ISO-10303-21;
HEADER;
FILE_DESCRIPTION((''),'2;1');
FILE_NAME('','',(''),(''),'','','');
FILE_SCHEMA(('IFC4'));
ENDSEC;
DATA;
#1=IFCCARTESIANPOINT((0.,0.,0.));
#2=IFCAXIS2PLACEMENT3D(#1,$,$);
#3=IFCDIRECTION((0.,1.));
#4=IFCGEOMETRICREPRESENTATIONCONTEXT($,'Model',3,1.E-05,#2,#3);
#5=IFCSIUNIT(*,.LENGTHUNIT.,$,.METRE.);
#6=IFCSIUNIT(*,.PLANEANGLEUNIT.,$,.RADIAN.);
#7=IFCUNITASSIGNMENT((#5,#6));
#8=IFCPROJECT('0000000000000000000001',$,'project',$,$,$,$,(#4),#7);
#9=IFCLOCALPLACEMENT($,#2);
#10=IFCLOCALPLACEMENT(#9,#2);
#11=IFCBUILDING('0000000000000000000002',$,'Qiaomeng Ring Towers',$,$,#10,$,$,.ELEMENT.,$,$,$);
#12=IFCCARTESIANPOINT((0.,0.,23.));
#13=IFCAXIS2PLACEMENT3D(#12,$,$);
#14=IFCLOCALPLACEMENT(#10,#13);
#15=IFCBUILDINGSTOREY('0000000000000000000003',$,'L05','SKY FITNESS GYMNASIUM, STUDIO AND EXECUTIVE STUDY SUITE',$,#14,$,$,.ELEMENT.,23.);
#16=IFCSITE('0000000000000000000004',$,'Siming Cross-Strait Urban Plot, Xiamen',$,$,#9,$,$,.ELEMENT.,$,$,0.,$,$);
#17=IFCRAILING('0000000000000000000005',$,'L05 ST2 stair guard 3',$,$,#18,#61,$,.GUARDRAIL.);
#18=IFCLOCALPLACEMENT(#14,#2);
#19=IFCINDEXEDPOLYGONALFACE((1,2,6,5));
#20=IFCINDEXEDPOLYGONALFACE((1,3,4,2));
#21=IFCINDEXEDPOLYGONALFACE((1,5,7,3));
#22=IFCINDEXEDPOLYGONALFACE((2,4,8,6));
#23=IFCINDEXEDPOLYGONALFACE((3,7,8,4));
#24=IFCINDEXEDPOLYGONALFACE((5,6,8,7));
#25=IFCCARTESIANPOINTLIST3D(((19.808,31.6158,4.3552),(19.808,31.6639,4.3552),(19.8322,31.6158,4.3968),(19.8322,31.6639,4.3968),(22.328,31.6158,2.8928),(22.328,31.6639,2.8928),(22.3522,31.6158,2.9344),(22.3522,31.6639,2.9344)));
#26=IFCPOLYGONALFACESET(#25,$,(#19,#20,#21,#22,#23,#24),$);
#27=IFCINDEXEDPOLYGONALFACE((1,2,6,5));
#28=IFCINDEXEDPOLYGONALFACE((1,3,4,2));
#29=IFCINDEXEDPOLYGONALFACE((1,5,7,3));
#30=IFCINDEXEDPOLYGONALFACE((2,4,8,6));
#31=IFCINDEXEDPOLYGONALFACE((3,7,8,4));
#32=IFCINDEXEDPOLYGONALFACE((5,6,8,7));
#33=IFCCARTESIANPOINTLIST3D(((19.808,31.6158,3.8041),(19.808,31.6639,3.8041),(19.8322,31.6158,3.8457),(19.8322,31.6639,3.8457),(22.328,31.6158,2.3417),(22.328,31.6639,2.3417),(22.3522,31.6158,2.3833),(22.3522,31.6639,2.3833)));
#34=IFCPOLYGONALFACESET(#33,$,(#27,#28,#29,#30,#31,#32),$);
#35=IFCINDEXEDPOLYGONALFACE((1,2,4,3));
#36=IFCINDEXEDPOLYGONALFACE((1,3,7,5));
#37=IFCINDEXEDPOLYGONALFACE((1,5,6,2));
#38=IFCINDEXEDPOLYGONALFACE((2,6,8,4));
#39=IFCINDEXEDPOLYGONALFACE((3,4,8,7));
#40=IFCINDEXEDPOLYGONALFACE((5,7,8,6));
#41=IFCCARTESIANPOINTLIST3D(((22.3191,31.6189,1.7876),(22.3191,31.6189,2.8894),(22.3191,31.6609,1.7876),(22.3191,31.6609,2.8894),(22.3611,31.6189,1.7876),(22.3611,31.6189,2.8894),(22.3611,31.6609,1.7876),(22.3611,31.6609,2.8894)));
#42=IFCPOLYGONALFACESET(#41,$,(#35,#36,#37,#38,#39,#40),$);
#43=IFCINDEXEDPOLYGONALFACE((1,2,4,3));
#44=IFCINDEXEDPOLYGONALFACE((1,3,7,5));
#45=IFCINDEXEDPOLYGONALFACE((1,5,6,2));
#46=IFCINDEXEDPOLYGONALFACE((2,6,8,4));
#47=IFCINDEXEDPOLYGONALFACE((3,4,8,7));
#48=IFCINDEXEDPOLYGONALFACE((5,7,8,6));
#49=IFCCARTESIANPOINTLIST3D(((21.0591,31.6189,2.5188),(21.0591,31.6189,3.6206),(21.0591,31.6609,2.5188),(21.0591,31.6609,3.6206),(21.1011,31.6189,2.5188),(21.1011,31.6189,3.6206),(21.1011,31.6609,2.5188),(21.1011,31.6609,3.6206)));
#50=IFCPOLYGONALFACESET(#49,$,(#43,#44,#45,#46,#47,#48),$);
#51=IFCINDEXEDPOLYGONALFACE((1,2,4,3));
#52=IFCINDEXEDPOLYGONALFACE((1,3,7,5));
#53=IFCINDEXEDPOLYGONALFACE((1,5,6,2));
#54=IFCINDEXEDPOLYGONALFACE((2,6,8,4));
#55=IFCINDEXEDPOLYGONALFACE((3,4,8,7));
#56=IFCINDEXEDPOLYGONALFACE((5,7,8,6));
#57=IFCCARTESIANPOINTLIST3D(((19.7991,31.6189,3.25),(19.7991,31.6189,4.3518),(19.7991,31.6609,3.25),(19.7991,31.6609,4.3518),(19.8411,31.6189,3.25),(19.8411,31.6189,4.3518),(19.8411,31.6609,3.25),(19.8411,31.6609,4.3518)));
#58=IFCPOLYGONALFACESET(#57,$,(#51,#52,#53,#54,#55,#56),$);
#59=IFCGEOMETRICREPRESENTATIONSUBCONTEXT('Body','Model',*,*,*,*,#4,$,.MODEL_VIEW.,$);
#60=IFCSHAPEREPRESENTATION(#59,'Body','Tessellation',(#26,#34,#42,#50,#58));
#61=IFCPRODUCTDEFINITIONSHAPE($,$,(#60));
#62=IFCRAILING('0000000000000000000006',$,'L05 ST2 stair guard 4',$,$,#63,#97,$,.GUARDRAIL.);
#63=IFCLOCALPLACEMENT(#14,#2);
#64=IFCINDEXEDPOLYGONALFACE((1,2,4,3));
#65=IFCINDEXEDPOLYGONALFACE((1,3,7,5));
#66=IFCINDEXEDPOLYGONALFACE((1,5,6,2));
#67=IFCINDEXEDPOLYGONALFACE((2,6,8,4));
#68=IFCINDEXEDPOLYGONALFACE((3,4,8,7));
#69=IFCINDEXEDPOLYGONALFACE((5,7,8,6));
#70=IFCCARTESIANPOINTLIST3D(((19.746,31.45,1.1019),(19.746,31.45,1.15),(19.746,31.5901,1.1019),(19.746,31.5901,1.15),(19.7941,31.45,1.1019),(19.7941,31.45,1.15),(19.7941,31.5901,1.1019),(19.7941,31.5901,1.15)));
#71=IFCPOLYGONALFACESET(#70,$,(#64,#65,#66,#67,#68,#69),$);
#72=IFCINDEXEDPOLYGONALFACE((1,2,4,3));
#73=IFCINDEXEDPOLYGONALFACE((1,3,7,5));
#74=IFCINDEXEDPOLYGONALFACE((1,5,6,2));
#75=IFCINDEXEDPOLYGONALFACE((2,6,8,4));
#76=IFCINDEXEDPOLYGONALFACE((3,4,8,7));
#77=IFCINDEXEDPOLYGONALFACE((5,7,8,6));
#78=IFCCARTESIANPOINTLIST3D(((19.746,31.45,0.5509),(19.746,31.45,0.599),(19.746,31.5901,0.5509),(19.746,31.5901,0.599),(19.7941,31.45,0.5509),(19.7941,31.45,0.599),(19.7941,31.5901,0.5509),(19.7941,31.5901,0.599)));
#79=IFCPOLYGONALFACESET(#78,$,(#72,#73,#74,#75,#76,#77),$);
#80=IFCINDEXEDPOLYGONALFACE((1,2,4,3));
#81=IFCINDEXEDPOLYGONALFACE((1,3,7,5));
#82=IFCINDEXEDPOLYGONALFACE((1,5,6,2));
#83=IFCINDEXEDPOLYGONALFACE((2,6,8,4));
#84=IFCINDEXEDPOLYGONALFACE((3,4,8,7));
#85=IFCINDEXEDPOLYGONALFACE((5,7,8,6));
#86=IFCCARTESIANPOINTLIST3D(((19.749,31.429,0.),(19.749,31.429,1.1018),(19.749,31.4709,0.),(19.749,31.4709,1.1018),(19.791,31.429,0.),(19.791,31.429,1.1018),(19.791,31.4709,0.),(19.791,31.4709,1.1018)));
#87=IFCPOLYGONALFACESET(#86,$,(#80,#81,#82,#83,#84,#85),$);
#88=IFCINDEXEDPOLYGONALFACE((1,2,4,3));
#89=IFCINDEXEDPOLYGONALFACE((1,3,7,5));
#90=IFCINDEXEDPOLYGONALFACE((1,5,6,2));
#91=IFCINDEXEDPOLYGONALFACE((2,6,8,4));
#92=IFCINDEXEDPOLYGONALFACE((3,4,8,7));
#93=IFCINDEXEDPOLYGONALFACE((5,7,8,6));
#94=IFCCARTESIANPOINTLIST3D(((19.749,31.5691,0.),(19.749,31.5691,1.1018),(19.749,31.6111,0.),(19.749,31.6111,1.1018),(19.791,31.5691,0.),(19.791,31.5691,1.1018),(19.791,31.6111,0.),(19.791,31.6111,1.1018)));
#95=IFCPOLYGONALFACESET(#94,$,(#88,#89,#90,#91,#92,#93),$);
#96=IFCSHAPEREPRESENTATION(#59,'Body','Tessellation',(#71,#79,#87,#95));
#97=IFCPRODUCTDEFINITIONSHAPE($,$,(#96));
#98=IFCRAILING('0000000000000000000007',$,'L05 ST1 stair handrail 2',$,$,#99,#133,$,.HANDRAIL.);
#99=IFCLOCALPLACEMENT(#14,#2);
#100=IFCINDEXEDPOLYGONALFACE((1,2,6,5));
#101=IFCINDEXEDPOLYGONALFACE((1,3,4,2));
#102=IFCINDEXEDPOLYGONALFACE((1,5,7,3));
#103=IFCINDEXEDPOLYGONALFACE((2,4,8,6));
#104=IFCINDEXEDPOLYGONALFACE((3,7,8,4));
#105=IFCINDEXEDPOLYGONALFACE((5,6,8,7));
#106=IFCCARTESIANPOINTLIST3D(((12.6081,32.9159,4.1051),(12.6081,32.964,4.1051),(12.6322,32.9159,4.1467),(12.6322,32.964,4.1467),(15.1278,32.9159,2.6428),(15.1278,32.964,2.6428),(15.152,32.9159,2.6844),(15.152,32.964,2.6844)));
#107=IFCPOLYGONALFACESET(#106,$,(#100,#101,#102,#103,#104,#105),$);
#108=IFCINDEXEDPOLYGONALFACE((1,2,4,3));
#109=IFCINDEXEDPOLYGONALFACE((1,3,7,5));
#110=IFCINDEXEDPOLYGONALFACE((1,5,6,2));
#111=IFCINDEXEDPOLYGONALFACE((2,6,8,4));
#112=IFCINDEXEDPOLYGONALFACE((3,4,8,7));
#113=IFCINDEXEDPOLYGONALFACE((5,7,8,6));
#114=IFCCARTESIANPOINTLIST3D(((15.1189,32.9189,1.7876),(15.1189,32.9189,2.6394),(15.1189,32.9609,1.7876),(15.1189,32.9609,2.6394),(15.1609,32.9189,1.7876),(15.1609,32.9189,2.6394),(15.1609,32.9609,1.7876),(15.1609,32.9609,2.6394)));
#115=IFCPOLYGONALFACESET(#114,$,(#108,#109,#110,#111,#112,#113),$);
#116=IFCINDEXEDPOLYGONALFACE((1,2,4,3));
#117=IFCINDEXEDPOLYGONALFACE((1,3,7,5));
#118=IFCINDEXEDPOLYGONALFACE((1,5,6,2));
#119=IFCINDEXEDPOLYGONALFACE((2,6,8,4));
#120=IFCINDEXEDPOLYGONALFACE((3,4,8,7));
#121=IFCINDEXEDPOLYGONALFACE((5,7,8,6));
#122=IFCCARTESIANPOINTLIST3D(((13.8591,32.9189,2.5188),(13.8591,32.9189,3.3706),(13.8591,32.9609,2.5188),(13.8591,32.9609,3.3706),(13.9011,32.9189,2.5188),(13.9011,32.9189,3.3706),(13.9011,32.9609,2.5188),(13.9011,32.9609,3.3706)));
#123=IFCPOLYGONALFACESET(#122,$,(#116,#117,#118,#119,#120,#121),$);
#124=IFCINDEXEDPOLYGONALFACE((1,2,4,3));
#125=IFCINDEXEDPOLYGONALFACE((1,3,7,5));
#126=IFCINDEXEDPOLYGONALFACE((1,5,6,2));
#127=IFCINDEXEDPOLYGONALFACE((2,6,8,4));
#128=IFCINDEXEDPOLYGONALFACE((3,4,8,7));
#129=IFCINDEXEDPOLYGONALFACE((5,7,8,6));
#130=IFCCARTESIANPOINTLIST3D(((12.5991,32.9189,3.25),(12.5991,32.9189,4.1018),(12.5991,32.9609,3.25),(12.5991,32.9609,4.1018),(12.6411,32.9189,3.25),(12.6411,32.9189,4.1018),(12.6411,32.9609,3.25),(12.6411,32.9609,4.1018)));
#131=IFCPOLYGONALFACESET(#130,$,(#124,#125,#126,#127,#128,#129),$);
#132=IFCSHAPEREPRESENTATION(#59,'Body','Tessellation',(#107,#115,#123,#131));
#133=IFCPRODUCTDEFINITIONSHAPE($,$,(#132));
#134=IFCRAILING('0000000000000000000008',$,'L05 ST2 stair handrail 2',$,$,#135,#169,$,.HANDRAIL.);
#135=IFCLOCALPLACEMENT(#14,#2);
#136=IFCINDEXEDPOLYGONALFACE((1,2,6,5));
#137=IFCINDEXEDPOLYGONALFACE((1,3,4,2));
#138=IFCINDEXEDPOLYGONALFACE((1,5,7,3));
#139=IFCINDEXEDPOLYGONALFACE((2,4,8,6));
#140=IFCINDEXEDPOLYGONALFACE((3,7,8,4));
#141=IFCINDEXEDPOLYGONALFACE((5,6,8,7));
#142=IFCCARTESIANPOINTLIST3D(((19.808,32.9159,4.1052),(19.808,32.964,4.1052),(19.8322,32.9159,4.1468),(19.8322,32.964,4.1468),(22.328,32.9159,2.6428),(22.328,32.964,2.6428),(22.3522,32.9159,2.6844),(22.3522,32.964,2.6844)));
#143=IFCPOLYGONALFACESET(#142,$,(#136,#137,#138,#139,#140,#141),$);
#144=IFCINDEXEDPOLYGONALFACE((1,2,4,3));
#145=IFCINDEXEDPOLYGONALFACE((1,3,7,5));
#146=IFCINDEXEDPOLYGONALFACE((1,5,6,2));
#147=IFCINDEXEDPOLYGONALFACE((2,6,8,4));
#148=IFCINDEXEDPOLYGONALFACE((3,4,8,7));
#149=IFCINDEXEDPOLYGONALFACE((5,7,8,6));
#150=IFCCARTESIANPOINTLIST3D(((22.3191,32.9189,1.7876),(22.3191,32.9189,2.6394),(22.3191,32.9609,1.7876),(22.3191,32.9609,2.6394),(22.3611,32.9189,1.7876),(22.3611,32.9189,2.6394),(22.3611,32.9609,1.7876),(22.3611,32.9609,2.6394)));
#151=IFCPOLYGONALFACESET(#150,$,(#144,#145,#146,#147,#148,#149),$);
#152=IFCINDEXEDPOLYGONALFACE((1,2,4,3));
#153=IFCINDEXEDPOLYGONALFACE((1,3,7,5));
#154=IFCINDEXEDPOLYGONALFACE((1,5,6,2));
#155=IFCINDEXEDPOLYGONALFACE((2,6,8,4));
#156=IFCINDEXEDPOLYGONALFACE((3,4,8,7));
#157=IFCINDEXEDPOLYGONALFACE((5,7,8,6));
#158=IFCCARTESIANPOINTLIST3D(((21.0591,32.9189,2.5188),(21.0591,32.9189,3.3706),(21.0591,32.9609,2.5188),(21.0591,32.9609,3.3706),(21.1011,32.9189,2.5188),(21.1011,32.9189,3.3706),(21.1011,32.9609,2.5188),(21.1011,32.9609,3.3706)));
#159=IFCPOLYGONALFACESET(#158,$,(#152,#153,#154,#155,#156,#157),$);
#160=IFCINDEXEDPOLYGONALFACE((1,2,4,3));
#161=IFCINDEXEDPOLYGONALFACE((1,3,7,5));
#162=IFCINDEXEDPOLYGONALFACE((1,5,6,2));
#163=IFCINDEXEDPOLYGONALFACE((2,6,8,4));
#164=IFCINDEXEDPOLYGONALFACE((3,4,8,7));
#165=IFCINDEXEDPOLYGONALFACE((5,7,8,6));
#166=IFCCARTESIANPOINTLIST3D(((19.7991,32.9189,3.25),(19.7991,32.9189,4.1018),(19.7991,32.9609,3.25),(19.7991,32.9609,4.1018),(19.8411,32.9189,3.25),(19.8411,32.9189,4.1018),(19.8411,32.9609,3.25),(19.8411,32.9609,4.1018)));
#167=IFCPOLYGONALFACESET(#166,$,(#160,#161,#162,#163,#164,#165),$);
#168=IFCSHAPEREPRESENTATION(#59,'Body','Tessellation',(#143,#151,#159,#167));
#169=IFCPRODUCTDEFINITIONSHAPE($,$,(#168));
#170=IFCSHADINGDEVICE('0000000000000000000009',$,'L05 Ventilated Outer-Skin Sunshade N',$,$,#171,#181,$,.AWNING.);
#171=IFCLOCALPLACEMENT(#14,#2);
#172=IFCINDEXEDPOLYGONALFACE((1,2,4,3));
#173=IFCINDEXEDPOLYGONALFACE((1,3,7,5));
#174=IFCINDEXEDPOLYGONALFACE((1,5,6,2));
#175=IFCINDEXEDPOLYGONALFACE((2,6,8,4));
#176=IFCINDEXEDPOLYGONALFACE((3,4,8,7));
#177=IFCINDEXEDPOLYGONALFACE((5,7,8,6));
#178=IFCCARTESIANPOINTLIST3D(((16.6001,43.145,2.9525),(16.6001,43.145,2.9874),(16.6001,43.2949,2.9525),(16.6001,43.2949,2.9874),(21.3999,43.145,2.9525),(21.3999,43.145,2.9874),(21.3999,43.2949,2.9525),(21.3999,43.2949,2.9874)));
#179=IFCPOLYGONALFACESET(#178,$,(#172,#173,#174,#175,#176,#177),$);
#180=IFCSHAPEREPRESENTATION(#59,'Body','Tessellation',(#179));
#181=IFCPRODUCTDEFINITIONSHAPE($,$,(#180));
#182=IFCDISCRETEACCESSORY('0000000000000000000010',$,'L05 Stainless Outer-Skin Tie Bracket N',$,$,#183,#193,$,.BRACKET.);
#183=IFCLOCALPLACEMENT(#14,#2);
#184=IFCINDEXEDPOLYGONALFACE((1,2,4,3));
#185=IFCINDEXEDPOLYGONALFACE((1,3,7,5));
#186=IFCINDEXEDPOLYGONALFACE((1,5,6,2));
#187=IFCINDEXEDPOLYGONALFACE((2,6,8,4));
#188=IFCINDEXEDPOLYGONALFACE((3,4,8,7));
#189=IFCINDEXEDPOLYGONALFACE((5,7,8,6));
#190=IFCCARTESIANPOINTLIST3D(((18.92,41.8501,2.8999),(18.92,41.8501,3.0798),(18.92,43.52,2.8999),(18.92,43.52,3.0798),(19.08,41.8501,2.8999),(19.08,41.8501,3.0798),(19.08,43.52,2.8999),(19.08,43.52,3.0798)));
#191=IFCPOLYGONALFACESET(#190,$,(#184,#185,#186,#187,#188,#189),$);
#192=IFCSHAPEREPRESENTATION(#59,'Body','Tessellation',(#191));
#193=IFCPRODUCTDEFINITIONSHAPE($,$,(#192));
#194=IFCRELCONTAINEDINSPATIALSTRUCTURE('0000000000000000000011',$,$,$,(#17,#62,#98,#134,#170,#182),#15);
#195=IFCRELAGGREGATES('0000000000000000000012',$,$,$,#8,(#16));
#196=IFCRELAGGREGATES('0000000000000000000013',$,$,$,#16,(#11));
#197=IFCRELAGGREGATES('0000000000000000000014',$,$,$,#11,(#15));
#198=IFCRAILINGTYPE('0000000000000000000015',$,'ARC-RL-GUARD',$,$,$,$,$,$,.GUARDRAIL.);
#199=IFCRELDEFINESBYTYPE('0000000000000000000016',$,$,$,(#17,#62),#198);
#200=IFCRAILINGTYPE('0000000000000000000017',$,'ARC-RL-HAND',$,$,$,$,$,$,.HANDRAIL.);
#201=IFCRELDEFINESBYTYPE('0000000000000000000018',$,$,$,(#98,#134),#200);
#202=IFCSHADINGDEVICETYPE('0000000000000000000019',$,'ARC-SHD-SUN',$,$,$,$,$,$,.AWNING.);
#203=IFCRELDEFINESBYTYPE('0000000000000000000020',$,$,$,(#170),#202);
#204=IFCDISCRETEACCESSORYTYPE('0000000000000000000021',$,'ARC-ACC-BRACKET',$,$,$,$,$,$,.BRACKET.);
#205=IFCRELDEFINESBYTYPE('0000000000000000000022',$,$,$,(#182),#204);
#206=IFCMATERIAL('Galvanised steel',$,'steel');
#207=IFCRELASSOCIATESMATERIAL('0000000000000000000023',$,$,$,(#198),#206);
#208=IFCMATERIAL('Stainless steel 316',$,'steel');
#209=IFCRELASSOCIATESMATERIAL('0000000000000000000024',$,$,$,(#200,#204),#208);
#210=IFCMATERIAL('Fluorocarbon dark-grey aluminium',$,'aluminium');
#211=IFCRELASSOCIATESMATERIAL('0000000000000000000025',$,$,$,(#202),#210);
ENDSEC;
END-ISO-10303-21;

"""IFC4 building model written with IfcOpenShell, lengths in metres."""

from ifc_helpers import new_model, si_unit, direction, frame, origin, origin_2d, place, context, subcontext, project, spatial, rectangle, extrude, source, transform, mapped, material, material_profile, profile_set, type_object, element, save


model = new_model("IFC4")

# Units and contexts
model_context = context("Model", 3, precision=1e-05, world=origin(), true_north=direction((0.0, 1.0)))
body_context = subcontext(model_context, "Body", "Model", "MODEL_VIEW")
ifc_project = project(units=[si_unit("LENGTHUNIT", "METRE"), si_unit("PLANEANGLEUNIT", "RADIAN")], contexts=[model_context])

# Site, building, storey
site_placement = place(None, origin())
site = spatial("IfcSite", under=ifc_project, at=site_placement, Name="Siming Cross-Strait Urban Plot, Xiamen", CompositionType="ELEMENT", RefElevation=0.0)
building_placement = place(site_placement, origin())
building = spatial("IfcBuilding", under=site, at=building_placement, Name="Qiaomeng Ring Towers", CompositionType="ELEMENT")
storey_placement = place(building_placement, frame((0.0, 0.0, 23.0)))
storey = spatial("IfcBuildingStorey", under=building, at=storey_placement, Name="L05", Description="SKY FITNESS GYMNASIUM, STUDIO AND EXECUTIVE STUDY SUITE", CompositionType="ELEMENT", Elevation=23.0)

# Shared definitions
ifc_material_1 = material(Name="Galvanised steel", Category="steel")

# Railings
railing_type_1 = type_object("IfcRailingType", Name="ARC-RL-GUARD", PredefinedType="GUARDRAIL", material=ifc_material_1)
railing_1_placement = place(storey_placement, frame((22.3401, 31.6399, 1.7876)))
element("IfcRailing", 1, at=railing_1_placement, inside=storey, type_object=railing_type_1, Name="L05 ST2 stair guard 3", PredefinedType="GUARDRAIL", context=body_context, shape_type="SweptSolid", body=[
    extrude(rectangle(XDim=0.0481, YDim=0.0481, at=origin_2d()), frame((0.0, 0.0, 1.126), z_axis=(-0.864913, 0.0, 0.501921), x_axis=(0.0, -1.0, 0.0)), (0.0, 0.0, 1.0), 2.9136),
    extrude(rectangle(XDim=0.0481, YDim=0.0481, at=origin_2d()), frame((0.0, 0.0, 0.575), z_axis=(-0.864913, 0.0, 0.501921), x_axis=(0.0, -1.0, 0.0)), (0.0, 0.0, 1.0), 2.9136),
    extrude(rectangle(XDim=0.042, YDim=0.042, at=origin_2d()), origin(), (0.0, 0.0, 1.0), 1.1018),
    extrude(rectangle(XDim=0.042, YDim=0.042, at=origin_2d()), frame((-1.26, 0.0, 0.7312)), (0.0, 0.0, 1.0), 1.1018),
    extrude(rectangle(XDim=0.042, YDim=0.042, at=origin_2d()), frame((-2.52, 0.0, 1.4624)), (0.0, 0.0, 1.0), 1.1018),
])
railing_2_placement = place(storey_placement, frame((19.77, 31.45, 0.0)))
element("IfcRailing", 2, at=railing_2_placement, inside=storey, type_object=railing_type_1, Name="L05 ST2 stair guard 4", PredefinedType="GUARDRAIL", context=body_context, shape_type="SweptSolid", body=[
    extrude(rectangle(XDim=0.0481, YDim=0.0481, at=origin_2d()), frame((0.0, 0.0, 1.126), z_axis=(0.0, 1.0, 0.0), x_axis=(-1.0, 0.0, 0.0)), (0.0, 0.0, 1.0), 0.1401),
    extrude(rectangle(XDim=0.0481, YDim=0.0481, at=origin_2d()), frame((0.0, 0.0, 0.575), z_axis=(0.0, 1.0, 0.0), x_axis=(-1.0, 0.0, 0.0)), (0.0, 0.0, 1.0), 0.1401),
    extrude(rectangle(XDim=0.042, YDim=0.042, at=origin_2d()), origin(), (0.0, 0.0, 1.0), 1.1018),
    extrude(rectangle(XDim=0.042, YDim=0.042, at=origin_2d()), frame((0.0, 0.1401, 0.0)), (0.0, 0.0, 1.0), 1.1018),
])
ifc_material_2 = material(Name="Stainless steel 316", Category="steel")
railing_type_2 = type_object("IfcRailingType", Name="ARC-RL-HAND", PredefinedType="HANDRAIL", material=ifc_material_2)
railing_3_placement = place(storey_placement, frame((15.1399, 32.9399, 1.7876)))
element("IfcRailing", 3, at=railing_3_placement, inside=storey, type_object=railing_type_2, Name="L05 ST1 stair handrail 2", PredefinedType="HANDRAIL", context=body_context, shape_type="SweptSolid", body=[
    extrude(rectangle(XDim=0.0481, YDim=0.0481, at=origin_2d()), frame((0.0, 0.0, 0.876), z_axis=(-0.864892, 0.0, 0.501958), x_axis=(0.0, -1.0, 0.0)), (0.0, 0.0, 1.0), 2.9133),
    extrude(rectangle(XDim=0.042, YDim=0.042, at=origin_2d()), origin(), (0.0, 0.0, 1.0), 0.8518),
    extrude(rectangle(XDim=0.042, YDim=0.042, at=origin_2d()), frame((-1.2598, 0.0, 0.7312)), (0.0, 0.0, 1.0), 0.8518),
    extrude(rectangle(XDim=0.042, YDim=0.042, at=origin_2d()), frame((-2.5198, 0.0, 1.4624)), (0.0, 0.0, 1.0), 0.8518),
])
railing_4_placement = place(storey_placement, frame((22.3401, 32.9399, 1.7876)))
element("IfcRailing", 4, at=railing_4_placement, inside=storey, type_object=railing_type_2, Name="L05 ST2 stair handrail 2", PredefinedType="HANDRAIL", context=body_context, shape_type="SweptSolid", body=[
    extrude(rectangle(XDim=0.0481, YDim=0.0481, at=origin_2d()), frame((0.0, 0.0, 0.876), z_axis=(-0.864913, 0.0, 0.501921), x_axis=(0.0, -1.0, 0.0)), (0.0, 0.0, 1.0), 2.9136),
    extrude(rectangle(XDim=0.042, YDim=0.042, at=origin_2d()), origin(), (0.0, 0.0, 1.0), 0.8518),
    extrude(rectangle(XDim=0.042, YDim=0.042, at=origin_2d()), frame((-1.26, 0.0, 0.7312)), (0.0, 0.0, 1.0), 0.8518),
    extrude(rectangle(XDim=0.042, YDim=0.042, at=origin_2d()), frame((-2.52, 0.0, 1.4624)), (0.0, 0.0, 1.0), 0.8518),
])

# Shading device
ifc_material_3 = material(Name="Fluorocarbon dark-grey aluminium", Category="aluminium")
ifc_material_profile_1 = material_profile(ifc_material_3, rectangle(XDim=0.1499, YDim=0.0349, at=origin_2d()), Name="LV BLADE 150x35")
ifc_profile_set_1 = profile_set([ifc_material_profile_1], Name="Fluorocarbon dark-grey aluminium")
shading_device_type = type_object("IfcShadingDeviceType", Name="ARC-SHD-SUN", PredefinedType="AWNING", material=ifc_profile_set_1)
shared_shape_1 = source(origin(), body_context, "Body", "SweptSolid", [
    extrude(rectangle(XDim=0.1499, YDim=0.0349, at=origin_2d()), origin(), (0.0, 0.0, 1.0), 4.7998),
])
shading_device_placement = place(storey_placement, frame((16.6001, 43.22, 2.97), z_axis=(1.0, 0.0, 0.0), x_axis=(0.0, 1.0, 0.0)))
element("IfcShadingDevice", 5, at=shading_device_placement, inside=storey, type_object=shading_device_type, Name="L05 Ventilated Outer-Skin Sunshade N", PredefinedType="AWNING", context=body_context, shape_type="MappedRepresentation", body=[
    mapped(shared_shape_1, transform((0.0, 0.0, 0.0), x_axis=(1.0, 0.0, 0.0), y_axis=(0.0, 1.0, 0.0), z_axis=(0.0, 0.0, 1.0), scale=1.0)),
])

# Discrete accessory
discrete_accessory_type = type_object("IfcDiscreteAccessoryType", Name="ARC-ACC-BRACKET", PredefinedType="BRACKET", material=ifc_material_2)
shared_shape_2 = source(origin(), body_context, "Body", "SweptSolid", [
    extrude(rectangle(XDim=0.1599, YDim=1.6699, at=origin_2d()), origin(), (0.0, 0.0, 1.0), 0.1799),
])
discrete_accessory_placement = place(storey_placement, frame((19.0, 42.6851, 2.8999), z_axis=(0.0, 0.0, 1.0), x_axis=(1.0, 0.0, 0.0)))
element("IfcDiscreteAccessory", 6, at=discrete_accessory_placement, inside=storey, type_object=discrete_accessory_type, Name="L05 Stainless Outer-Skin Tie Bracket N", PredefinedType="BRACKET", context=body_context, shape_type="MappedRepresentation", body=[
    mapped(shared_shape_2, transform((0.0, 0.0, 0.0), x_axis=(1.0, 0.0, 0.0), y_axis=(0.0, 1.0, 0.0), z_axis=(0.0, 0.0, 1.0), scale=1.0)),
])

save(model, "model.ifc")
